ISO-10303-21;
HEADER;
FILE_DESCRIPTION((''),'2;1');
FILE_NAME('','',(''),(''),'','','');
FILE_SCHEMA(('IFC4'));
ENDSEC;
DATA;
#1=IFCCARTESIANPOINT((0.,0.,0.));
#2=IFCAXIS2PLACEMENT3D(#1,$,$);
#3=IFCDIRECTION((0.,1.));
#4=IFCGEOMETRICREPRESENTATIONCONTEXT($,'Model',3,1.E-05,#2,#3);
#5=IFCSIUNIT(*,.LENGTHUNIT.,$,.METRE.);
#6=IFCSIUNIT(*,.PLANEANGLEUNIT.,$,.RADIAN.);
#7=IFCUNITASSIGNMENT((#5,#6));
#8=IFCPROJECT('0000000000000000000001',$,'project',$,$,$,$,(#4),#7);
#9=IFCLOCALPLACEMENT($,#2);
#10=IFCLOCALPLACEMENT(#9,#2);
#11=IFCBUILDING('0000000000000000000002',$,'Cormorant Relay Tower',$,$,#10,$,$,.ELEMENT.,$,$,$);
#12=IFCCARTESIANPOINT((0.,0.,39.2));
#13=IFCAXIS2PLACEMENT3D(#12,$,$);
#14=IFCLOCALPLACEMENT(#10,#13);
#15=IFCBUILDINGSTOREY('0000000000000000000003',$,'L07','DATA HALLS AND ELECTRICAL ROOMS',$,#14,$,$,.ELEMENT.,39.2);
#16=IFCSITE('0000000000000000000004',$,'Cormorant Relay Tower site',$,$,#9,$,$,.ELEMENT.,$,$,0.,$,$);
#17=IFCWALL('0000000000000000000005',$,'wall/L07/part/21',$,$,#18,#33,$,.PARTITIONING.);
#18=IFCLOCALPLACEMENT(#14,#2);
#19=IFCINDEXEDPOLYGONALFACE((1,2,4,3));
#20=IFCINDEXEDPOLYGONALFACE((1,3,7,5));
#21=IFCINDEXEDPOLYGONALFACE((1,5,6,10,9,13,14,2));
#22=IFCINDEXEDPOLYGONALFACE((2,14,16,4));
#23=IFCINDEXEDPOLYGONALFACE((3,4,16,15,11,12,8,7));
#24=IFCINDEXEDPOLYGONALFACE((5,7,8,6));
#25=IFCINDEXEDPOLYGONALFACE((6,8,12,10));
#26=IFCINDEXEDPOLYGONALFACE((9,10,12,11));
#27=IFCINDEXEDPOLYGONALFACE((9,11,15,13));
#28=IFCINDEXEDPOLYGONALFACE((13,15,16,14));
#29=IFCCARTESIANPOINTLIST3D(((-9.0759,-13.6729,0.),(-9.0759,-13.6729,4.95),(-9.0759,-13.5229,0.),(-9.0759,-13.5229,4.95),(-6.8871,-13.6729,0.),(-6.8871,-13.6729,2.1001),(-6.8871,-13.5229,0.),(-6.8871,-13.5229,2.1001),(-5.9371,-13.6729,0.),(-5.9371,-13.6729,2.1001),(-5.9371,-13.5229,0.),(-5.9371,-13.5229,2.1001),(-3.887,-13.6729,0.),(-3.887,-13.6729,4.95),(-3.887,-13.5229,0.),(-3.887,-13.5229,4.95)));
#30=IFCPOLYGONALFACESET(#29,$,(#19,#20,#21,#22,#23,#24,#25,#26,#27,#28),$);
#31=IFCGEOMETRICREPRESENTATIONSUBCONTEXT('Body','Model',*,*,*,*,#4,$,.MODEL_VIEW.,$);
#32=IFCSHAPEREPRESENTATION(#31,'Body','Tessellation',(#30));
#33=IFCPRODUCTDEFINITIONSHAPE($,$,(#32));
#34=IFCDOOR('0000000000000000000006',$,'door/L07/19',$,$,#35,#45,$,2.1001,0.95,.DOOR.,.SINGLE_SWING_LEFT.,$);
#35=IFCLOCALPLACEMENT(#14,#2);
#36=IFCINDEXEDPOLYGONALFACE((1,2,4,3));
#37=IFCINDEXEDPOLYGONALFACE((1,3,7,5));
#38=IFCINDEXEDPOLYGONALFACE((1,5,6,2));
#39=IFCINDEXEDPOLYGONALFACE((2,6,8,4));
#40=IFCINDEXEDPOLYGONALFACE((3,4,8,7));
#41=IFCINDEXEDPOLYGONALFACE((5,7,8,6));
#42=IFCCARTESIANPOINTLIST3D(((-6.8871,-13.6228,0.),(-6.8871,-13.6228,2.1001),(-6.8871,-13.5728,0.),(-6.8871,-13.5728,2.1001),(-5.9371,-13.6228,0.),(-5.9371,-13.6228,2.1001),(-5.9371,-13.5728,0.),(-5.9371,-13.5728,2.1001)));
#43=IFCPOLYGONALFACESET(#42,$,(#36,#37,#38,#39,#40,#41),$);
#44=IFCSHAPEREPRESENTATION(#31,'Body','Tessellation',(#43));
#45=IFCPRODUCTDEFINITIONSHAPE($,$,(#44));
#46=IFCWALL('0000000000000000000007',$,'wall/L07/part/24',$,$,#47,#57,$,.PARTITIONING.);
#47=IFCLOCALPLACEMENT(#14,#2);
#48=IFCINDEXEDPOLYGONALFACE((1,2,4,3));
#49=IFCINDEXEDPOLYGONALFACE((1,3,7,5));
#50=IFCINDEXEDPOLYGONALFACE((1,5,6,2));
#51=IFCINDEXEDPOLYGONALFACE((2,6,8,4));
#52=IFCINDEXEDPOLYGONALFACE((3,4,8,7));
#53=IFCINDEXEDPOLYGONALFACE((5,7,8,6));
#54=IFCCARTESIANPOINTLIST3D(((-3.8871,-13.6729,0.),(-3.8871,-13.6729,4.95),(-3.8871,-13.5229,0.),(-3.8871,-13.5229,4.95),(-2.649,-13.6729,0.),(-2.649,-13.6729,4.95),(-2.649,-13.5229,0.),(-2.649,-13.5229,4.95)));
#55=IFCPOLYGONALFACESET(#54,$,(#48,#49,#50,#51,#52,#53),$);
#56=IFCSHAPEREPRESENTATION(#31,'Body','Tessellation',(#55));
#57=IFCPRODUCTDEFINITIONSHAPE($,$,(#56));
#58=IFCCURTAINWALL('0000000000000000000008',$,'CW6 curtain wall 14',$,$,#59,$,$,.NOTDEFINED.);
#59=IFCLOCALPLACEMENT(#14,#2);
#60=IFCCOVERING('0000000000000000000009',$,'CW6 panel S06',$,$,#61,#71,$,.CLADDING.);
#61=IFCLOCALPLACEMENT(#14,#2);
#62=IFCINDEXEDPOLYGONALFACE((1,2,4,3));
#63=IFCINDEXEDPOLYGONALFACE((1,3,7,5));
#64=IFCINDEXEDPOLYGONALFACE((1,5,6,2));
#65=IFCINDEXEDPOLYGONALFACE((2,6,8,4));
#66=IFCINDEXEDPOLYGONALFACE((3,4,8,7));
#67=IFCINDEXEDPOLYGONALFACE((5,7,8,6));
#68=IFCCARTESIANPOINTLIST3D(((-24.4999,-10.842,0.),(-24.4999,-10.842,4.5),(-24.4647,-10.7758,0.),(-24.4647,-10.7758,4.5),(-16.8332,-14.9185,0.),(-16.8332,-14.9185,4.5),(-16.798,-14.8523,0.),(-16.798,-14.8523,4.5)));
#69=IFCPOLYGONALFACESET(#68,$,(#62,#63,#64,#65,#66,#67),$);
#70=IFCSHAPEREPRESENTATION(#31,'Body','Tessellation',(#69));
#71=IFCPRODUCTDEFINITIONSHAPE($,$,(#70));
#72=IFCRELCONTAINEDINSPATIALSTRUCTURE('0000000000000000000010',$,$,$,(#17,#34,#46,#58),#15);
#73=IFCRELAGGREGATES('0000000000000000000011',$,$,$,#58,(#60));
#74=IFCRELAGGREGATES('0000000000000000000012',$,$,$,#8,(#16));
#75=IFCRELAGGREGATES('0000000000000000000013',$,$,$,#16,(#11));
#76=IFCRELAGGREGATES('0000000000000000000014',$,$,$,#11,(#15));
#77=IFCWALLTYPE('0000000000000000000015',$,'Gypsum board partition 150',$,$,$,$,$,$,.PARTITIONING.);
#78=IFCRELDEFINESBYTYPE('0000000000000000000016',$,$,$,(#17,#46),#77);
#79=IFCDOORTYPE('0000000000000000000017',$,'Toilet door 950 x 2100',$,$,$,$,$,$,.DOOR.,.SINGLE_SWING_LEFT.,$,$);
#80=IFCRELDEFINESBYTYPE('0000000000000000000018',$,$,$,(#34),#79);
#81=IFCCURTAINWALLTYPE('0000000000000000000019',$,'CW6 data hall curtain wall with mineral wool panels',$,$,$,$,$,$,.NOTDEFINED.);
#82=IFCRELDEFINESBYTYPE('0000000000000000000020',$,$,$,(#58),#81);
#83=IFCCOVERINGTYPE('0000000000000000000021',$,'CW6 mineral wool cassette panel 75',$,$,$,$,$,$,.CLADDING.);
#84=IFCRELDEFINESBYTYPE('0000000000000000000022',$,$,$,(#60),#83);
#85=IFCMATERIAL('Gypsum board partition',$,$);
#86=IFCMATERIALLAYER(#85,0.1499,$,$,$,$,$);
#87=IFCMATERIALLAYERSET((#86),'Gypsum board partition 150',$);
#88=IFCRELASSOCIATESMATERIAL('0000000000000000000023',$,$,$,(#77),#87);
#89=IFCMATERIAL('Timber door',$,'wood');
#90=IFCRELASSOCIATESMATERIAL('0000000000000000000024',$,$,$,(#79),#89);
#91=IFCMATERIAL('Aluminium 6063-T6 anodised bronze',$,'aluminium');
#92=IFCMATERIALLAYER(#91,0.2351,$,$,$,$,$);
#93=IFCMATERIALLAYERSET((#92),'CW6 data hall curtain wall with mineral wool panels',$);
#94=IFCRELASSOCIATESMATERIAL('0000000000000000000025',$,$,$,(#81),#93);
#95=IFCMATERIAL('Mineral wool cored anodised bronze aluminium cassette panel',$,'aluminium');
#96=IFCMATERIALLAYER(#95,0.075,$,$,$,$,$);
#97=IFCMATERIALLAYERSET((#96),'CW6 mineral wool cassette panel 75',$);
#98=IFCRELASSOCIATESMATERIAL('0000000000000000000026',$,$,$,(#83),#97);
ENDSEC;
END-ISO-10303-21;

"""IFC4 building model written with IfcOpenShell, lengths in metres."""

from ifc_helpers import new_model, si_unit, direction, frame, frame_2d, origin, origin_2d, place, context, subcontext, project, spatial, rectangle, extrude, material, layer, layer_set, type_object, element, fill, aggregate, save


model = new_model("IFC4")

# Units and contexts
model_context = context("Model", 3, precision=1e-05, world=origin(), true_north=direction((0.0, 1.0)))
body_context = subcontext(model_context, "Body", "Model", "MODEL_VIEW")
ifc_project = project(units=[si_unit("LENGTHUNIT", "METRE"), si_unit("PLANEANGLEUNIT", "RADIAN")], contexts=[model_context])

# Site, building, storey
site_placement = place(None, origin())
site = spatial("IfcSite", under=ifc_project, at=site_placement, Name="Cormorant Relay Tower site", CompositionType="ELEMENT", RefElevation=0.0)
building_placement = place(site_placement, origin())
building = spatial("IfcBuilding", under=site, at=building_placement, Name="Cormorant Relay Tower", CompositionType="ELEMENT")
storey_placement = place(building_placement, frame((0.0, 0.0, 39.2)))
storey = spatial("IfcBuildingStorey", under=building, at=storey_placement, Name="L07", Description="DATA HALLS AND ELECTRICAL ROOMS", CompositionType="ELEMENT", Elevation=39.2)

# Wall, opening, door
ifc_material_1 = material(Name="Gypsum board partition")
ifc_layer_1 = layer(ifc_material_1, 0.1499)
ifc_layer_set_1 = layer_set([ifc_layer_1], Name="Gypsum board partition 150")
wall_type_1 = type_object("IfcWallType", Name="Gypsum board partition 150", PredefinedType="PARTITIONING", material=ifc_layer_set_1)
wall_1_placement = place(storey_placement, frame((-3.887, -13.5979, 0.0), z_axis=(0.0, 0.0, 1.0), x_axis=(-1.0, 0.0, 0.0)))
wall_1 = element("IfcWall", 1, at=wall_1_placement, inside=storey, type_object=wall_type_1, Name="wall/L07/part/21", PredefinedType="PARTITIONING", context=body_context, shape_type="SweptSolid", body=[
    extrude(rectangle(XDim=5.189, YDim=0.1499, at=frame_2d((2.5945, 0.0))), origin(), (0.0, 0.0, 1.0), 4.95),
])
opening_1_placement = place(wall_1_placement, frame((2.05, 0.0, 0.0)))
opening_1 = element("IfcOpeningElement", 2, at=opening_1_placement, cuts=wall_1, PredefinedType="OPENING", context=body_context, shape_type="SweptSolid", body=[
    extrude(rectangle(XDim=0.95, YDim=2.1001, at=frame_2d((0.4751, 1.05))), frame((0.0, 0.085, 0.0), z_axis=(0.0, -1.0, 0.0), x_axis=(1.0, 0.0, 0.0)), (0.0, 0.0, 1.0), 0.1699),
])
ifc_material_2 = material(Name="Timber door", Category="wood")
door_type_1 = type_object("IfcDoorType", Name="Toilet door 950 x 2100", OperationType="SINGLE_SWING_LEFT", PredefinedType="DOOR", material=ifc_material_2)
door_1_placement = place(opening_1_placement, origin())
door_1 = element("IfcDoor", 3, at=door_1_placement, inside=storey, type_object=door_type_1, Name="door/L07/19", OperationType="SINGLE_SWING_LEFT", OverallHeight=2.1001, OverallWidth=0.95, PredefinedType="DOOR", context=body_context, shape_type="SweptSolid", body=[
    extrude(rectangle(XDim=0.95, YDim=2.1001, at=frame_2d((0.4751, 1.05))), frame((0.0, 0.0249, 0.0), z_axis=(0.0, -1.0, 0.0), x_axis=(1.0, 0.0, 0.0)), (0.0, 0.0, 1.0), 0.05),
])
fill(opening_1, door_1)

# Wall
wall_2_placement = place(storey_placement, frame((-2.6489, -13.5979, 0.0), z_axis=(0.0, 0.0, 1.0), x_axis=(-1.0, 0.0, 0.0)))
element("IfcWall", 4, at=wall_2_placement, inside=storey, type_object=wall_type_1, Name="wall/L07/part/24", PredefinedType="PARTITIONING", context=body_context, shape_type="SweptSolid", body=[
    extrude(rectangle(XDim=1.238, YDim=0.1499, at=frame_2d((0.6191, 0.0))), origin(), (0.0, 0.0, 1.0), 4.95),
])

# Curtain wall, covering
ifc_material_3 = material(Name="Aluminium 6063-T6 anodised bronze", Category="aluminium")
ifc_layer_2 = layer(ifc_material_3, 0.2351)
ifc_layer_set_2 = layer_set([ifc_layer_2], Name="CW6 data hall curtain wall with mineral wool panels")
curtain_wall_type = type_object("IfcCurtainWallType", Name="CW6 data hall curtain wall with mineral wool panels", PredefinedType="NOTDEFINED", material=ifc_layer_set_2)
curtain_wall_placement = place(storey_placement, origin())
curtain_wall = element("IfcCurtainWall", 5, at=curtain_wall_placement, inside=storey, type_object=curtain_wall_type, Name="CW6 curtain wall 14", PredefinedType="NOTDEFINED")
ifc_material_4 = material(Name="Mineral wool cored anodised bronze aluminium cassette panel", Category="aluminium")
ifc_layer_3 = layer(ifc_material_4, 0.075)
ifc_layer_set_3 = layer_set([ifc_layer_3], Name="CW6 mineral wool cassette panel 75")
covering_type = type_object("IfcCoveringType", Name="CW6 mineral wool cassette panel 75", PredefinedType="CLADDING", material=ifc_layer_set_3)
covering_placement = place(storey_placement, frame((-20.6489, -12.8472, 0.0), z_axis=(0.0, 0.0, 1.0), x_axis=(0.882948, -0.469472, 0.0)))
covering = element("IfcCovering", 6, at=covering_placement, type_object=covering_type, Name="CW6 panel S06", PredefinedType="CLADDING", context=body_context, shape_type="SweptSolid", body=[
    extrude(rectangle(XDim=8.6831, YDim=0.075, at=origin_2d()), origin(), (0.0, 0.0, 1.0), 4.5),
])
aggregate(curtain_wall, [covering])

save(model, "model.ifc")
